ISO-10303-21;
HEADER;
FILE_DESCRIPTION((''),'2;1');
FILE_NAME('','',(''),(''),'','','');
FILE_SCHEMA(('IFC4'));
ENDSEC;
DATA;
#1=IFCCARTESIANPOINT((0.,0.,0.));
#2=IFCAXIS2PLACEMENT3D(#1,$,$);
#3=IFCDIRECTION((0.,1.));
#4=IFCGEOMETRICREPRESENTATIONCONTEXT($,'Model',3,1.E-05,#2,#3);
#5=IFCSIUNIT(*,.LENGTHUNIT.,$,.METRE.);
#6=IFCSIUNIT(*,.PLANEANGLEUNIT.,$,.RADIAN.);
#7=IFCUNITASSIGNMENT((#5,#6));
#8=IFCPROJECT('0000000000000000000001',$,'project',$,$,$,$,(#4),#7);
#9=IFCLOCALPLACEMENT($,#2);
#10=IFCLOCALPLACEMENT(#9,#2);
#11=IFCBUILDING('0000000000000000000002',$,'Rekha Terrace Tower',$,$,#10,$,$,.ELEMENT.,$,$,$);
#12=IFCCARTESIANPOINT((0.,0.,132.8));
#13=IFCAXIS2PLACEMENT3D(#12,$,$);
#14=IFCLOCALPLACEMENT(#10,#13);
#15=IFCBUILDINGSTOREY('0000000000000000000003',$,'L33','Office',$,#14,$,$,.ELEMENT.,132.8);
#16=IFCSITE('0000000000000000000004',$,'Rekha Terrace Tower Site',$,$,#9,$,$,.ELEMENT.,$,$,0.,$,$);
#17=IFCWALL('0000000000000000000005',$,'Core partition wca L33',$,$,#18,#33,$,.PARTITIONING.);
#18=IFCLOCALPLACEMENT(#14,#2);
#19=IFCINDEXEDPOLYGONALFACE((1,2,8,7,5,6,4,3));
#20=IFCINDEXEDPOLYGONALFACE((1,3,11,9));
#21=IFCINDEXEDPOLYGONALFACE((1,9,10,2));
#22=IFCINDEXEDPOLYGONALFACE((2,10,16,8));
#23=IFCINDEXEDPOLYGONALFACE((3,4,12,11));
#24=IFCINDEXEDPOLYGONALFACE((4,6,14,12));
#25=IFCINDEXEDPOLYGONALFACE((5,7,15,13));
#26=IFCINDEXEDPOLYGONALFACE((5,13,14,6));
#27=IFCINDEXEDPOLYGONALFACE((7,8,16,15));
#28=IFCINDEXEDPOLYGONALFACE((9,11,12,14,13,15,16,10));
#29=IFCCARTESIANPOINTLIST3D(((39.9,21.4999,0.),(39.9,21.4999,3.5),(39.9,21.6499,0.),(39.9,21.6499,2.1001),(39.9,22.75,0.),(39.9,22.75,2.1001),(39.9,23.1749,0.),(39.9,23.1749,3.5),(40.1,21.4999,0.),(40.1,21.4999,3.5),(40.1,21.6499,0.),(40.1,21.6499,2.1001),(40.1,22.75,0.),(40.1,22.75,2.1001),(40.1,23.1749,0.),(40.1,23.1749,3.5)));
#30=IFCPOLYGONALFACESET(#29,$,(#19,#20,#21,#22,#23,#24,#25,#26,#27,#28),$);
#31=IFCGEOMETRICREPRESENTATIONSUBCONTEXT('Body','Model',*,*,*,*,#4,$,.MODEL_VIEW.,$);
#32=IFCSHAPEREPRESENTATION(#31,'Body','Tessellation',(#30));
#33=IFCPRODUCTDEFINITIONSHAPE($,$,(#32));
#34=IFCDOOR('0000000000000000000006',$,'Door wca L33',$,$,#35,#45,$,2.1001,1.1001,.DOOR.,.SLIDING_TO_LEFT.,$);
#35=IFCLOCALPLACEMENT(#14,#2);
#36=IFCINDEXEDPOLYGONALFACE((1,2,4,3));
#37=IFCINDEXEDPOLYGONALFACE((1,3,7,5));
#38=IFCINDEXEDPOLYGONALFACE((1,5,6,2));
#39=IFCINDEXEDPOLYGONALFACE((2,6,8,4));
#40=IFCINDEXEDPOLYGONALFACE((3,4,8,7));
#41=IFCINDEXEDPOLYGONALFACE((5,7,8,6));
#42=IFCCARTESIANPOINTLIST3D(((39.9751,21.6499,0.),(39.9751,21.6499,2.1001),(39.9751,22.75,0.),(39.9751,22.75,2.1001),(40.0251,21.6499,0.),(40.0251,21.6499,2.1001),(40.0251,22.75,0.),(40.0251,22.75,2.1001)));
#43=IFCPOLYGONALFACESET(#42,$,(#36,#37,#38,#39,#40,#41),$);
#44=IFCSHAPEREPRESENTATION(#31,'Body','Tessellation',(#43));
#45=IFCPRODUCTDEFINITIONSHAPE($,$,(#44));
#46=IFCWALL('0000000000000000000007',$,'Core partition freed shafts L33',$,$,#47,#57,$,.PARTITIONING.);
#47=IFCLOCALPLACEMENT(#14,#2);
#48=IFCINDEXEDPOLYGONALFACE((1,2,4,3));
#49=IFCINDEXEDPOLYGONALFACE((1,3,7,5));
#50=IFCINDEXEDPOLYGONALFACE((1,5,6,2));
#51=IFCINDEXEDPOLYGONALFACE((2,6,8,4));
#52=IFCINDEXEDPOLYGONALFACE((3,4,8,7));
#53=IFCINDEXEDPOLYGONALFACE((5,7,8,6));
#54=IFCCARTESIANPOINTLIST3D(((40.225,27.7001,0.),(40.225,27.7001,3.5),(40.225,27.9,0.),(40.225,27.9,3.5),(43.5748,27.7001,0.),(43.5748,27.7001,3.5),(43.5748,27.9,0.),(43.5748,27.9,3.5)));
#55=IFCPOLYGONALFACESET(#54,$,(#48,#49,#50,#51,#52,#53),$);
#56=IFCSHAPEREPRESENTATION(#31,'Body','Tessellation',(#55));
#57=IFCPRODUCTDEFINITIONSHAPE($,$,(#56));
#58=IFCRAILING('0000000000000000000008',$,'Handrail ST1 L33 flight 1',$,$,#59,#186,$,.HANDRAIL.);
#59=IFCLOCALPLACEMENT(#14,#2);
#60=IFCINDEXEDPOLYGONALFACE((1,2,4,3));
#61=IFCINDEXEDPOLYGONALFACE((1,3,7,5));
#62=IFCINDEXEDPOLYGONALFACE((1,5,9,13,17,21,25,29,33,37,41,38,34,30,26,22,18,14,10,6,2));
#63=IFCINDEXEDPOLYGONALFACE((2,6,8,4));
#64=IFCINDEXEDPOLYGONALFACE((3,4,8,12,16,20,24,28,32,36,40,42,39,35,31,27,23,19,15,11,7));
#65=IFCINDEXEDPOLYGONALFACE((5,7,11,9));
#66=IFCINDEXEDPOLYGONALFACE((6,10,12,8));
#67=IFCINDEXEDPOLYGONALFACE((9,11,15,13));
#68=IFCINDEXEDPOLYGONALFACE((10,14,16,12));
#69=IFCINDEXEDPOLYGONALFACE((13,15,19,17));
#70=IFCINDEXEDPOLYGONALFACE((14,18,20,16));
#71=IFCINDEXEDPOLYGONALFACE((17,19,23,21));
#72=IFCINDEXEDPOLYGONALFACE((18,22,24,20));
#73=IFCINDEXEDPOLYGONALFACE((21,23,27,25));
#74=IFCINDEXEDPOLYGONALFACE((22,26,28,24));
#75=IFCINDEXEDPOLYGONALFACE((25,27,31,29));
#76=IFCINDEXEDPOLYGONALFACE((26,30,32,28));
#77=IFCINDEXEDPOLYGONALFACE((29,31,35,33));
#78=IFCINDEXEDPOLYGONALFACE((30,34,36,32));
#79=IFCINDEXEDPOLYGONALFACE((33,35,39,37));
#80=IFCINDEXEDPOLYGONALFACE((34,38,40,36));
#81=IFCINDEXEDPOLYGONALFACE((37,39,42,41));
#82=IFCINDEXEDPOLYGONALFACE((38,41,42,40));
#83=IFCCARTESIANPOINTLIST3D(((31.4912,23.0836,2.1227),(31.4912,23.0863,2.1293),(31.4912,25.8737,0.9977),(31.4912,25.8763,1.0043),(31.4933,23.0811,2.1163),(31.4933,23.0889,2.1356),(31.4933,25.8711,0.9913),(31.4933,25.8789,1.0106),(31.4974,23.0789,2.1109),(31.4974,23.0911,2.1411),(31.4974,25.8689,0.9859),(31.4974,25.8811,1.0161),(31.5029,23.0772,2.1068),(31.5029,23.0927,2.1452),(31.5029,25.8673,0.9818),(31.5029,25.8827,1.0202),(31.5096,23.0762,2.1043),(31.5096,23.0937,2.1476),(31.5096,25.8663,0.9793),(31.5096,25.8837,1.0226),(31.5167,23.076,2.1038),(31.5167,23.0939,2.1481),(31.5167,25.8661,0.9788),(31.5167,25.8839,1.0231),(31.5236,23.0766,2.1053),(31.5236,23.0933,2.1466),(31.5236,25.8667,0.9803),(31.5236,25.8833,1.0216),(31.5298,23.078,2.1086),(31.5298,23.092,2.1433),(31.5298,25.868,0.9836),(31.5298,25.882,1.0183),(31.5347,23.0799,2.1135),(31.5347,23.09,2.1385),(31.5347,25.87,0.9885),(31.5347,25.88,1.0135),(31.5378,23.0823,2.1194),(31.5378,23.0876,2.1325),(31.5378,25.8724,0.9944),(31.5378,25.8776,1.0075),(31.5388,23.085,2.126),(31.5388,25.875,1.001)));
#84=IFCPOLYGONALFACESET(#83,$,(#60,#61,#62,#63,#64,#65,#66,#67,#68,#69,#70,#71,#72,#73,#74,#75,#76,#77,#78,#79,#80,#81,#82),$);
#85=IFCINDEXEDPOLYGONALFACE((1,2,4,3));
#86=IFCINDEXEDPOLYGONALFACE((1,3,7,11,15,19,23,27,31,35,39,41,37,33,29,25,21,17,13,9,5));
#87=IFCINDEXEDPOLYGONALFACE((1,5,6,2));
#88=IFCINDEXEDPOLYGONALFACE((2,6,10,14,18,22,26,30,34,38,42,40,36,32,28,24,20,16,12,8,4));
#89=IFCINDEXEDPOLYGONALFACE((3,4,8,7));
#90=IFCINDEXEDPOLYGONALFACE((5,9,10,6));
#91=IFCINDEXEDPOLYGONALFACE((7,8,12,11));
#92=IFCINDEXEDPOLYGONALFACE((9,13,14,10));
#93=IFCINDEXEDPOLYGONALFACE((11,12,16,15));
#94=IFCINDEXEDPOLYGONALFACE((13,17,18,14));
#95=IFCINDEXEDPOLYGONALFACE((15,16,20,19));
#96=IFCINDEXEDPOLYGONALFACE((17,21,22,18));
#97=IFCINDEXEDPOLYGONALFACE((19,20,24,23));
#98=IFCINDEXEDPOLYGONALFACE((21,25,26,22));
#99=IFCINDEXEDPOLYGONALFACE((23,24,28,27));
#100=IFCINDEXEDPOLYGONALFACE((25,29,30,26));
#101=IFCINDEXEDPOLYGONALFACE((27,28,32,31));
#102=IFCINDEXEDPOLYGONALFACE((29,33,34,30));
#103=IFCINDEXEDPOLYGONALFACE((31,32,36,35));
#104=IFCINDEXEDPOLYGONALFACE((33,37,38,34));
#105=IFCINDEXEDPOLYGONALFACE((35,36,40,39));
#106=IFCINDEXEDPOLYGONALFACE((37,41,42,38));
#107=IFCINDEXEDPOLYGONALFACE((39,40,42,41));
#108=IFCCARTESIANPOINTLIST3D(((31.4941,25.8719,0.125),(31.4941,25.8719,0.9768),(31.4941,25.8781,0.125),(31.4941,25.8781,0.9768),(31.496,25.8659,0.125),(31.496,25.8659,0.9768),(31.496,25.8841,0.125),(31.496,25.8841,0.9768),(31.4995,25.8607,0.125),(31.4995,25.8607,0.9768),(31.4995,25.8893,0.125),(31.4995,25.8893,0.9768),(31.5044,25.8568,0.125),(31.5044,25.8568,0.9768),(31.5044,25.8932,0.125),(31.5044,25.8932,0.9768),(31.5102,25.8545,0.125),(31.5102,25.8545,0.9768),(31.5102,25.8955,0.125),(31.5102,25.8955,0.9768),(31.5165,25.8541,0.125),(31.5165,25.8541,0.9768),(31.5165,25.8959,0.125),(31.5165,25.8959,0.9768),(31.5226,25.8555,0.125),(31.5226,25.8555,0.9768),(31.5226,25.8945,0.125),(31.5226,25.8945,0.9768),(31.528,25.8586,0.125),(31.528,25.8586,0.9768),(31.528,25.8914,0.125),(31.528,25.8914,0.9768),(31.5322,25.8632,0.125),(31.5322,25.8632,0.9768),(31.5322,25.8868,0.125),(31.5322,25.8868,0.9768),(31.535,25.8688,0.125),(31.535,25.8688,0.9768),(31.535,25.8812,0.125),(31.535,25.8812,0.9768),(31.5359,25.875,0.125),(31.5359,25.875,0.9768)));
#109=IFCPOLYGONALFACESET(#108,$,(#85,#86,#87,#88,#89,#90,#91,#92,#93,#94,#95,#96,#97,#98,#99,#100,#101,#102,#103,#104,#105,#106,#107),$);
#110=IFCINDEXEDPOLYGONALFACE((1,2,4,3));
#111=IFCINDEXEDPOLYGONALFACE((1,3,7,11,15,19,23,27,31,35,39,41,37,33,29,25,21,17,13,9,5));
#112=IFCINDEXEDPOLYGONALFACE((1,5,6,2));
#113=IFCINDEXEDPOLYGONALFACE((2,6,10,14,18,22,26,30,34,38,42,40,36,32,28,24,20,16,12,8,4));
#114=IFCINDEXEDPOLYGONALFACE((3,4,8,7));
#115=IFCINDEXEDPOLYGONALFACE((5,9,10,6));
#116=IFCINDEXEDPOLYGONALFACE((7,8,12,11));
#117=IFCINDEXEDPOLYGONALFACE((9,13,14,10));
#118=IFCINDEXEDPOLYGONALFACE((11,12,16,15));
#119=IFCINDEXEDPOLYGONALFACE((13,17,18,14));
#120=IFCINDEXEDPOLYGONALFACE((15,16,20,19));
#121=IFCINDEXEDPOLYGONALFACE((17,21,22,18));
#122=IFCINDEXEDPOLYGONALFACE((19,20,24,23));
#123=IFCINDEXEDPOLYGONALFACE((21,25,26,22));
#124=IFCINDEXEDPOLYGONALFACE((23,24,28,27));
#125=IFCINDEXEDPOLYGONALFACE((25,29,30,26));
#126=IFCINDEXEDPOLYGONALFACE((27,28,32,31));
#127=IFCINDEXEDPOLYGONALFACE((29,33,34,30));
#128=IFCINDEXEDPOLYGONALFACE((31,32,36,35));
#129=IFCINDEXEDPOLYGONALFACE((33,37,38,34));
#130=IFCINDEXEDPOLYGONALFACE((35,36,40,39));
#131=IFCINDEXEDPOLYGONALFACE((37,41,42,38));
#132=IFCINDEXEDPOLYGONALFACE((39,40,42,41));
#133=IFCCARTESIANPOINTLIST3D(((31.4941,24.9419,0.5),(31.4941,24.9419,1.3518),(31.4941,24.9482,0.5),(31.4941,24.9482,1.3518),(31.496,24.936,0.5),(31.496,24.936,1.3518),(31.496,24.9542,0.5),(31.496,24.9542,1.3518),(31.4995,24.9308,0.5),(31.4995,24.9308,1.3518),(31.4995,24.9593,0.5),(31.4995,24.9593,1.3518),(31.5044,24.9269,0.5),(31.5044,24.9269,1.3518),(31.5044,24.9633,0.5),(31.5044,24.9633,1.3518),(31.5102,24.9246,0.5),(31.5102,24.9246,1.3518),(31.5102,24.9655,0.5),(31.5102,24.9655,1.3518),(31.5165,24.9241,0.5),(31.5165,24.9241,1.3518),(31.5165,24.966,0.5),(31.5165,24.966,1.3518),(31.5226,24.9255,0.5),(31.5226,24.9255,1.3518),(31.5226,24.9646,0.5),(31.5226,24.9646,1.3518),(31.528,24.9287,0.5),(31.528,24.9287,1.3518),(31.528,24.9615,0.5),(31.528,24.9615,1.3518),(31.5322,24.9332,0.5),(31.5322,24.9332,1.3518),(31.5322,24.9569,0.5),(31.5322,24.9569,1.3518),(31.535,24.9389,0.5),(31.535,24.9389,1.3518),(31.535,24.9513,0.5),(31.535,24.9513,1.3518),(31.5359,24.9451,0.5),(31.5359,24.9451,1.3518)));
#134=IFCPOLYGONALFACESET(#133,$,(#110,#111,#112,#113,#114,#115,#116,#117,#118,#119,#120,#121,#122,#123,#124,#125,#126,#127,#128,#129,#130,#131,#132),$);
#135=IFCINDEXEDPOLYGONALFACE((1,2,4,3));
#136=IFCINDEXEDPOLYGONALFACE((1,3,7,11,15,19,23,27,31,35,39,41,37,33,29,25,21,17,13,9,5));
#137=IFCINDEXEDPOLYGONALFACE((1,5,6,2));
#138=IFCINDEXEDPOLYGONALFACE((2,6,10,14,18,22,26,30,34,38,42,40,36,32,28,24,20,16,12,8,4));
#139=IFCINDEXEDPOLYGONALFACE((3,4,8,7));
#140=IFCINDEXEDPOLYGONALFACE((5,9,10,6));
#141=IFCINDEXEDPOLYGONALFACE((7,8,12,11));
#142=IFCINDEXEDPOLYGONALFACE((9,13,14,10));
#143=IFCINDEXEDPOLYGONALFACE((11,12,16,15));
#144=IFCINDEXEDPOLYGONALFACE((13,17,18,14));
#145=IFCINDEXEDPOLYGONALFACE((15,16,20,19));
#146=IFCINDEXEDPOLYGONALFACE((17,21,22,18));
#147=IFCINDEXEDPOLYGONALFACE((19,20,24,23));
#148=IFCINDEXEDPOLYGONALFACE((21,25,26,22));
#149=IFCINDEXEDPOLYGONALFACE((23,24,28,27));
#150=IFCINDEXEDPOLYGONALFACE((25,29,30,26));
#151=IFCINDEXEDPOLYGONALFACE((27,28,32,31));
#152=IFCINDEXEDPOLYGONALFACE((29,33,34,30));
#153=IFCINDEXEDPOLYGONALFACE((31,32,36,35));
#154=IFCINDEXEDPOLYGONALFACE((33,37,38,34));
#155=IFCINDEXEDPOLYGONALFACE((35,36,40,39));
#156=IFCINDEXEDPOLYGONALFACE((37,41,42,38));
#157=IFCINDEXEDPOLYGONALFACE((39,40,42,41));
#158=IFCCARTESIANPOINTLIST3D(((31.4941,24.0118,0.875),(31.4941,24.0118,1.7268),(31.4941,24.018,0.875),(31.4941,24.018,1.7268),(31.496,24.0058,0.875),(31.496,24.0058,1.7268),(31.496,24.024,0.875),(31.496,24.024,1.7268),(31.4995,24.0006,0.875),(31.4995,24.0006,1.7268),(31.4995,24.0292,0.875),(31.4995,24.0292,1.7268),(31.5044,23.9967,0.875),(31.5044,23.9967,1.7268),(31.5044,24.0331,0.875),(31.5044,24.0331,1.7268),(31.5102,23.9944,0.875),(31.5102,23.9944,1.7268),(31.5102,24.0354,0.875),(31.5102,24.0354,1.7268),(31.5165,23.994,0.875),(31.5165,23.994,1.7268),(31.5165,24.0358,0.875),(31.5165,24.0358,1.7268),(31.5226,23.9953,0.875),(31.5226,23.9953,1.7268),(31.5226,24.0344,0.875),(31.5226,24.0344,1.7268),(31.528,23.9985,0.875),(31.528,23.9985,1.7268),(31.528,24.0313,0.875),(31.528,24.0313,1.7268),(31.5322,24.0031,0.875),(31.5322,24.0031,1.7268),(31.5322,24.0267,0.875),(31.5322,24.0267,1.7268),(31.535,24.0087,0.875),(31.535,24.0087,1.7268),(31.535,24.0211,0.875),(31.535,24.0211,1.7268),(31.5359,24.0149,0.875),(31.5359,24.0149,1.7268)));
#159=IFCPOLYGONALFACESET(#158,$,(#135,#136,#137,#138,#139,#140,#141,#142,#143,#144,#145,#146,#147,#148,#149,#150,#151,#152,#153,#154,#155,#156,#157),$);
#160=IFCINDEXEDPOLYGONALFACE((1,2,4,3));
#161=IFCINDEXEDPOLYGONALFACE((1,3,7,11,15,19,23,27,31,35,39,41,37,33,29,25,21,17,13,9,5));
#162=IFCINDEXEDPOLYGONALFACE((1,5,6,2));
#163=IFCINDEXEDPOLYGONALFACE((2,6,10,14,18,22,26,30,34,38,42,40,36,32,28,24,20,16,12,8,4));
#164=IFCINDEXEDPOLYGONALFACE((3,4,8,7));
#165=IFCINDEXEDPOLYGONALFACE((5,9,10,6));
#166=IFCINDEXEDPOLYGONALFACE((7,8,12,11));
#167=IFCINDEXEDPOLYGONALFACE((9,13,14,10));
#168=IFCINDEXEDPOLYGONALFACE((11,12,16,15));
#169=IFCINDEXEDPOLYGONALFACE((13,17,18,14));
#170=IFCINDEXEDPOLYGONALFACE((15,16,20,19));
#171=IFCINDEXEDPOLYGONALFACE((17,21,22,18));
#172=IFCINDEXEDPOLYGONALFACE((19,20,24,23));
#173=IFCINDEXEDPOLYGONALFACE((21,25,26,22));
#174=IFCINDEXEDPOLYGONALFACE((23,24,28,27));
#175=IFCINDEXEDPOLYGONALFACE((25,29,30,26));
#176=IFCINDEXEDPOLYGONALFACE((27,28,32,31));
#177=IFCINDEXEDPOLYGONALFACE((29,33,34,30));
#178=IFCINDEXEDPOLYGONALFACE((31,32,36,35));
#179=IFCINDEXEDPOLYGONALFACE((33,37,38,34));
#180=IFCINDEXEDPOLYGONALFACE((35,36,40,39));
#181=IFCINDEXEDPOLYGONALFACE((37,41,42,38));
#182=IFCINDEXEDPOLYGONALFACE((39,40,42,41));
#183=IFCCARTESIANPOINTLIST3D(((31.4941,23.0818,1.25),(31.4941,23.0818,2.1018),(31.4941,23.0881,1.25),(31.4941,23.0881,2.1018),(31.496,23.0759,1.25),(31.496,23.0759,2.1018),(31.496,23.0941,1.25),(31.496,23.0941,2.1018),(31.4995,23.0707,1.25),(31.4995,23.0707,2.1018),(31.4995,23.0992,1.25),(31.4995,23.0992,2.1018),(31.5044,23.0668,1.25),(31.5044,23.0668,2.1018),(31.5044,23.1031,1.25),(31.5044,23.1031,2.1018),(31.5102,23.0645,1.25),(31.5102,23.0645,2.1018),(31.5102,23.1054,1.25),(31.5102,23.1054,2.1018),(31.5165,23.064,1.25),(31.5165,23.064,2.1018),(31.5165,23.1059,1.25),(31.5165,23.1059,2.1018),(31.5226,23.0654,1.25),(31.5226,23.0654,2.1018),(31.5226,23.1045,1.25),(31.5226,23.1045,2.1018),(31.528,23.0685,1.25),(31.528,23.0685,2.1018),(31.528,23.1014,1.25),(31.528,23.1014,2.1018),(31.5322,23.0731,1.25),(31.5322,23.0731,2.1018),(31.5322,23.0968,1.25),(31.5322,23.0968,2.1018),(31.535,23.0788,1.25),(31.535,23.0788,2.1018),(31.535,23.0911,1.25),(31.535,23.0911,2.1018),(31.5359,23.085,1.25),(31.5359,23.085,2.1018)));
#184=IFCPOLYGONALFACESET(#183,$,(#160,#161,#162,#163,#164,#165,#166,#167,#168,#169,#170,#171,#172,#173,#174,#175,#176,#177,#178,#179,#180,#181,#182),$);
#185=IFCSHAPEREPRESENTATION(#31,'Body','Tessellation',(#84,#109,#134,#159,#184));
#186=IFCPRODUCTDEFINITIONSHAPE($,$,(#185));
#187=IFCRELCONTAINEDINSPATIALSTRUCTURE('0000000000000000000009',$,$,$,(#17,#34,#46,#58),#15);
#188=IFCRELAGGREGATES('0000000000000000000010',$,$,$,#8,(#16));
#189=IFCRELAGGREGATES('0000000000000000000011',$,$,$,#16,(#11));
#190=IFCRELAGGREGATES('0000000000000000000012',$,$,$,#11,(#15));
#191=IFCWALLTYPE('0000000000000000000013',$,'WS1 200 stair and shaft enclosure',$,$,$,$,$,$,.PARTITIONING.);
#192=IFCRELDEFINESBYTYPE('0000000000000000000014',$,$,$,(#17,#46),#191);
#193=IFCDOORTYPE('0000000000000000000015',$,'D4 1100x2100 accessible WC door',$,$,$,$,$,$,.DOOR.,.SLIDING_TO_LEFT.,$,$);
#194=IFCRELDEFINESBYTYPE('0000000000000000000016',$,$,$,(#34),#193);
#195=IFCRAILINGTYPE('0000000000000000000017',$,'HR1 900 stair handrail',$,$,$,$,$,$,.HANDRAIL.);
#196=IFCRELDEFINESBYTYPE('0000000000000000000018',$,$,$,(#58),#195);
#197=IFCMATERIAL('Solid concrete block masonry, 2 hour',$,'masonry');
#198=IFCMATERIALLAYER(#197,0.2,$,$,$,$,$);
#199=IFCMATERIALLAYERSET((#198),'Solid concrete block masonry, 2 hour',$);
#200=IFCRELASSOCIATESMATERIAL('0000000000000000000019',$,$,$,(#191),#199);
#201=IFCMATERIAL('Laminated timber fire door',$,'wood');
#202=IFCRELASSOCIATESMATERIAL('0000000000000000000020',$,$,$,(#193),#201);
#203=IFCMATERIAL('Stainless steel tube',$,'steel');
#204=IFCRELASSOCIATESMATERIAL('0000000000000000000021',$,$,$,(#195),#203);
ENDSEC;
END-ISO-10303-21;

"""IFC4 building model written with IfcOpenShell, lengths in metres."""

from ifc_helpers import new_model, si_unit, direction, frame, frame_2d, origin, origin_2d, place, context, subcontext, project, spatial, rectangle, circle, extrude, material, layer, layer_set, type_object, element, fill, save


model = new_model("IFC4")

# Units and contexts
model_context = context("Model", 3, precision=1e-05, world=origin(), true_north=direction((0.0, 1.0)))
body_context = subcontext(model_context, "Body", "Model", "MODEL_VIEW")
ifc_project = project(units=[si_unit("LENGTHUNIT", "METRE"), si_unit("PLANEANGLEUNIT", "RADIAN")], contexts=[model_context])

# Site, building, storey
site_placement = place(None, origin())
site = spatial("IfcSite", under=ifc_project, at=site_placement, Name="Rekha Terrace Tower Site", CompositionType="ELEMENT", RefElevation=0.0)
building_placement = place(site_placement, origin())
building = spatial("IfcBuilding", under=site, at=building_placement, Name="Rekha Terrace Tower", CompositionType="ELEMENT")
storey_placement = place(building_placement, frame((0.0, 0.0, 132.8)))
storey = spatial("IfcBuildingStorey", under=building, at=storey_placement, Name="L33", Description="Office", CompositionType="ELEMENT", Elevation=132.8)

# Shared definitions
ifc_material_1 = material(Name="Solid concrete block masonry, 2 hour", Category="masonry")
ifc_layer_1 = layer(ifc_material_1, 0.2)
ifc_layer_set_1 = layer_set([ifc_layer_1], Name="Solid concrete block masonry, 2 hour")
wall_type_1 = type_object("IfcWallType", Name="WS1 200 stair and shaft enclosure", PredefinedType="PARTITIONING", material=ifc_layer_set_1)

# Wall, opening, door
wall_1_placement = place(storey_placement, frame((40.0, 21.5, 0.0), z_axis=(0.0, 0.0, 1.0), x_axis=(0.0, 1.0, 0.0)))
wall_1 = element("IfcWall", 1, at=wall_1_placement, inside=storey, type_object=wall_type_1, Name="Core partition wca L33", PredefinedType="PARTITIONING", context=body_context, shape_type="SweptSolid", body=[
    extrude(rectangle(XDim=1.675, YDim=0.2, at=frame_2d((0.8374, 0.0))), origin(), (0.0, 0.0, 1.0), 3.5),
])
opening_1_placement = place(wall_1_placement, frame((0.1499, 0.0, 0.0)))
opening_1 = element("IfcOpeningElement", 2, at=opening_1_placement, cuts=wall_1, PredefinedType="OPENING", context=body_context, shape_type="SweptSolid", body=[
    extrude(rectangle(XDim=1.1001, YDim=2.1001, at=frame_2d((0.55, 1.05))), frame((0.0, 0.1099, 0.0), z_axis=(0.0, -1.0, 0.0), x_axis=(1.0, 0.0, 0.0)), (0.0, 0.0, 1.0), 0.22),
])
ifc_material_2 = material(Name="Laminated timber fire door", Category="wood")
door_type_1 = type_object("IfcDoorType", Name="D4 1100x2100 accessible WC door", OperationType="SLIDING_TO_LEFT", PredefinedType="DOOR", material=ifc_material_2)
door_1_placement = place(opening_1_placement, origin())
door_1 = element("IfcDoor", 3, at=door_1_placement, inside=storey, type_object=door_type_1, Name="Door wca L33", OperationType="SLIDING_TO_LEFT", OverallHeight=2.1001, OverallWidth=1.1001, PredefinedType="DOOR", context=body_context, shape_type="SweptSolid", body=[
    extrude(rectangle(XDim=1.1001, YDim=2.1001, at=frame_2d((0.55, 1.05))), frame((0.0, 0.0249, 0.0), z_axis=(0.0, -1.0, 0.0), x_axis=(1.0, 0.0, 0.0)), (0.0, 0.0, 1.0), 0.05),
])
fill(opening_1, door_1)

# Wall
wall_2_placement = place(storey_placement, frame((40.2251, 27.8, 0.0), z_axis=(0.0, 0.0, 1.0), x_axis=(1.0, 0.0, 0.0)))
element("IfcWall", 4, at=wall_2_placement, inside=storey, type_object=wall_type_1, Name="Core partition freed shafts L33", PredefinedType="PARTITIONING", context=body_context, shape_type="SweptSolid", body=[
    extrude(rectangle(XDim=3.3499, YDim=0.2, at=frame_2d((1.6748, 0.0))), origin(), (0.0, 0.0, 1.0), 3.5),
])

# Railing
ifc_material_3 = material(Name="Stainless steel tube", Category="steel")
railing_type = type_object("IfcRailingType", Name="HR1 900 stair handrail", PredefinedType="HANDRAIL", material=ifc_material_3)
railing_placement = place(storey_placement, frame((31.5149, 25.875, 0.125)))
element("IfcRailing", 5, at=railing_placement, inside=storey, type_object=railing_type, Name="Handrail ST1 L33 flight 1", PredefinedType="HANDRAIL", context=body_context, shape_type="SweptSolid", body=[
    extrude(circle(Radius=0.0239, at=origin_2d()), frame((0.0, 0.0, 0.876), z_axis=(0.0, -0.927443, 0.373964), x_axis=(1.0, 0.0, 0.0)), (0.0, 0.0, 1.0), 3.0083),
    extrude(circle(Radius=0.021, at=origin_2d()), origin(), (0.0, 0.0, 1.0), 0.8518),
    extrude(circle(Radius=0.021, at=origin_2d()), frame((0.0, -0.9299, 0.375)), (0.0, 0.0, 1.0), 0.8518),
    extrude(circle(Radius=0.021, at=origin_2d()), frame((0.0, -1.8601, 0.75)), (0.0, 0.0, 1.0), 0.8518),
    extrude(circle(Radius=0.021, at=origin_2d()), frame((0.0, -2.79, 1.125)), (0.0, 0.0, 1.0), 0.8518),
])

save(model, "model.ifc")
